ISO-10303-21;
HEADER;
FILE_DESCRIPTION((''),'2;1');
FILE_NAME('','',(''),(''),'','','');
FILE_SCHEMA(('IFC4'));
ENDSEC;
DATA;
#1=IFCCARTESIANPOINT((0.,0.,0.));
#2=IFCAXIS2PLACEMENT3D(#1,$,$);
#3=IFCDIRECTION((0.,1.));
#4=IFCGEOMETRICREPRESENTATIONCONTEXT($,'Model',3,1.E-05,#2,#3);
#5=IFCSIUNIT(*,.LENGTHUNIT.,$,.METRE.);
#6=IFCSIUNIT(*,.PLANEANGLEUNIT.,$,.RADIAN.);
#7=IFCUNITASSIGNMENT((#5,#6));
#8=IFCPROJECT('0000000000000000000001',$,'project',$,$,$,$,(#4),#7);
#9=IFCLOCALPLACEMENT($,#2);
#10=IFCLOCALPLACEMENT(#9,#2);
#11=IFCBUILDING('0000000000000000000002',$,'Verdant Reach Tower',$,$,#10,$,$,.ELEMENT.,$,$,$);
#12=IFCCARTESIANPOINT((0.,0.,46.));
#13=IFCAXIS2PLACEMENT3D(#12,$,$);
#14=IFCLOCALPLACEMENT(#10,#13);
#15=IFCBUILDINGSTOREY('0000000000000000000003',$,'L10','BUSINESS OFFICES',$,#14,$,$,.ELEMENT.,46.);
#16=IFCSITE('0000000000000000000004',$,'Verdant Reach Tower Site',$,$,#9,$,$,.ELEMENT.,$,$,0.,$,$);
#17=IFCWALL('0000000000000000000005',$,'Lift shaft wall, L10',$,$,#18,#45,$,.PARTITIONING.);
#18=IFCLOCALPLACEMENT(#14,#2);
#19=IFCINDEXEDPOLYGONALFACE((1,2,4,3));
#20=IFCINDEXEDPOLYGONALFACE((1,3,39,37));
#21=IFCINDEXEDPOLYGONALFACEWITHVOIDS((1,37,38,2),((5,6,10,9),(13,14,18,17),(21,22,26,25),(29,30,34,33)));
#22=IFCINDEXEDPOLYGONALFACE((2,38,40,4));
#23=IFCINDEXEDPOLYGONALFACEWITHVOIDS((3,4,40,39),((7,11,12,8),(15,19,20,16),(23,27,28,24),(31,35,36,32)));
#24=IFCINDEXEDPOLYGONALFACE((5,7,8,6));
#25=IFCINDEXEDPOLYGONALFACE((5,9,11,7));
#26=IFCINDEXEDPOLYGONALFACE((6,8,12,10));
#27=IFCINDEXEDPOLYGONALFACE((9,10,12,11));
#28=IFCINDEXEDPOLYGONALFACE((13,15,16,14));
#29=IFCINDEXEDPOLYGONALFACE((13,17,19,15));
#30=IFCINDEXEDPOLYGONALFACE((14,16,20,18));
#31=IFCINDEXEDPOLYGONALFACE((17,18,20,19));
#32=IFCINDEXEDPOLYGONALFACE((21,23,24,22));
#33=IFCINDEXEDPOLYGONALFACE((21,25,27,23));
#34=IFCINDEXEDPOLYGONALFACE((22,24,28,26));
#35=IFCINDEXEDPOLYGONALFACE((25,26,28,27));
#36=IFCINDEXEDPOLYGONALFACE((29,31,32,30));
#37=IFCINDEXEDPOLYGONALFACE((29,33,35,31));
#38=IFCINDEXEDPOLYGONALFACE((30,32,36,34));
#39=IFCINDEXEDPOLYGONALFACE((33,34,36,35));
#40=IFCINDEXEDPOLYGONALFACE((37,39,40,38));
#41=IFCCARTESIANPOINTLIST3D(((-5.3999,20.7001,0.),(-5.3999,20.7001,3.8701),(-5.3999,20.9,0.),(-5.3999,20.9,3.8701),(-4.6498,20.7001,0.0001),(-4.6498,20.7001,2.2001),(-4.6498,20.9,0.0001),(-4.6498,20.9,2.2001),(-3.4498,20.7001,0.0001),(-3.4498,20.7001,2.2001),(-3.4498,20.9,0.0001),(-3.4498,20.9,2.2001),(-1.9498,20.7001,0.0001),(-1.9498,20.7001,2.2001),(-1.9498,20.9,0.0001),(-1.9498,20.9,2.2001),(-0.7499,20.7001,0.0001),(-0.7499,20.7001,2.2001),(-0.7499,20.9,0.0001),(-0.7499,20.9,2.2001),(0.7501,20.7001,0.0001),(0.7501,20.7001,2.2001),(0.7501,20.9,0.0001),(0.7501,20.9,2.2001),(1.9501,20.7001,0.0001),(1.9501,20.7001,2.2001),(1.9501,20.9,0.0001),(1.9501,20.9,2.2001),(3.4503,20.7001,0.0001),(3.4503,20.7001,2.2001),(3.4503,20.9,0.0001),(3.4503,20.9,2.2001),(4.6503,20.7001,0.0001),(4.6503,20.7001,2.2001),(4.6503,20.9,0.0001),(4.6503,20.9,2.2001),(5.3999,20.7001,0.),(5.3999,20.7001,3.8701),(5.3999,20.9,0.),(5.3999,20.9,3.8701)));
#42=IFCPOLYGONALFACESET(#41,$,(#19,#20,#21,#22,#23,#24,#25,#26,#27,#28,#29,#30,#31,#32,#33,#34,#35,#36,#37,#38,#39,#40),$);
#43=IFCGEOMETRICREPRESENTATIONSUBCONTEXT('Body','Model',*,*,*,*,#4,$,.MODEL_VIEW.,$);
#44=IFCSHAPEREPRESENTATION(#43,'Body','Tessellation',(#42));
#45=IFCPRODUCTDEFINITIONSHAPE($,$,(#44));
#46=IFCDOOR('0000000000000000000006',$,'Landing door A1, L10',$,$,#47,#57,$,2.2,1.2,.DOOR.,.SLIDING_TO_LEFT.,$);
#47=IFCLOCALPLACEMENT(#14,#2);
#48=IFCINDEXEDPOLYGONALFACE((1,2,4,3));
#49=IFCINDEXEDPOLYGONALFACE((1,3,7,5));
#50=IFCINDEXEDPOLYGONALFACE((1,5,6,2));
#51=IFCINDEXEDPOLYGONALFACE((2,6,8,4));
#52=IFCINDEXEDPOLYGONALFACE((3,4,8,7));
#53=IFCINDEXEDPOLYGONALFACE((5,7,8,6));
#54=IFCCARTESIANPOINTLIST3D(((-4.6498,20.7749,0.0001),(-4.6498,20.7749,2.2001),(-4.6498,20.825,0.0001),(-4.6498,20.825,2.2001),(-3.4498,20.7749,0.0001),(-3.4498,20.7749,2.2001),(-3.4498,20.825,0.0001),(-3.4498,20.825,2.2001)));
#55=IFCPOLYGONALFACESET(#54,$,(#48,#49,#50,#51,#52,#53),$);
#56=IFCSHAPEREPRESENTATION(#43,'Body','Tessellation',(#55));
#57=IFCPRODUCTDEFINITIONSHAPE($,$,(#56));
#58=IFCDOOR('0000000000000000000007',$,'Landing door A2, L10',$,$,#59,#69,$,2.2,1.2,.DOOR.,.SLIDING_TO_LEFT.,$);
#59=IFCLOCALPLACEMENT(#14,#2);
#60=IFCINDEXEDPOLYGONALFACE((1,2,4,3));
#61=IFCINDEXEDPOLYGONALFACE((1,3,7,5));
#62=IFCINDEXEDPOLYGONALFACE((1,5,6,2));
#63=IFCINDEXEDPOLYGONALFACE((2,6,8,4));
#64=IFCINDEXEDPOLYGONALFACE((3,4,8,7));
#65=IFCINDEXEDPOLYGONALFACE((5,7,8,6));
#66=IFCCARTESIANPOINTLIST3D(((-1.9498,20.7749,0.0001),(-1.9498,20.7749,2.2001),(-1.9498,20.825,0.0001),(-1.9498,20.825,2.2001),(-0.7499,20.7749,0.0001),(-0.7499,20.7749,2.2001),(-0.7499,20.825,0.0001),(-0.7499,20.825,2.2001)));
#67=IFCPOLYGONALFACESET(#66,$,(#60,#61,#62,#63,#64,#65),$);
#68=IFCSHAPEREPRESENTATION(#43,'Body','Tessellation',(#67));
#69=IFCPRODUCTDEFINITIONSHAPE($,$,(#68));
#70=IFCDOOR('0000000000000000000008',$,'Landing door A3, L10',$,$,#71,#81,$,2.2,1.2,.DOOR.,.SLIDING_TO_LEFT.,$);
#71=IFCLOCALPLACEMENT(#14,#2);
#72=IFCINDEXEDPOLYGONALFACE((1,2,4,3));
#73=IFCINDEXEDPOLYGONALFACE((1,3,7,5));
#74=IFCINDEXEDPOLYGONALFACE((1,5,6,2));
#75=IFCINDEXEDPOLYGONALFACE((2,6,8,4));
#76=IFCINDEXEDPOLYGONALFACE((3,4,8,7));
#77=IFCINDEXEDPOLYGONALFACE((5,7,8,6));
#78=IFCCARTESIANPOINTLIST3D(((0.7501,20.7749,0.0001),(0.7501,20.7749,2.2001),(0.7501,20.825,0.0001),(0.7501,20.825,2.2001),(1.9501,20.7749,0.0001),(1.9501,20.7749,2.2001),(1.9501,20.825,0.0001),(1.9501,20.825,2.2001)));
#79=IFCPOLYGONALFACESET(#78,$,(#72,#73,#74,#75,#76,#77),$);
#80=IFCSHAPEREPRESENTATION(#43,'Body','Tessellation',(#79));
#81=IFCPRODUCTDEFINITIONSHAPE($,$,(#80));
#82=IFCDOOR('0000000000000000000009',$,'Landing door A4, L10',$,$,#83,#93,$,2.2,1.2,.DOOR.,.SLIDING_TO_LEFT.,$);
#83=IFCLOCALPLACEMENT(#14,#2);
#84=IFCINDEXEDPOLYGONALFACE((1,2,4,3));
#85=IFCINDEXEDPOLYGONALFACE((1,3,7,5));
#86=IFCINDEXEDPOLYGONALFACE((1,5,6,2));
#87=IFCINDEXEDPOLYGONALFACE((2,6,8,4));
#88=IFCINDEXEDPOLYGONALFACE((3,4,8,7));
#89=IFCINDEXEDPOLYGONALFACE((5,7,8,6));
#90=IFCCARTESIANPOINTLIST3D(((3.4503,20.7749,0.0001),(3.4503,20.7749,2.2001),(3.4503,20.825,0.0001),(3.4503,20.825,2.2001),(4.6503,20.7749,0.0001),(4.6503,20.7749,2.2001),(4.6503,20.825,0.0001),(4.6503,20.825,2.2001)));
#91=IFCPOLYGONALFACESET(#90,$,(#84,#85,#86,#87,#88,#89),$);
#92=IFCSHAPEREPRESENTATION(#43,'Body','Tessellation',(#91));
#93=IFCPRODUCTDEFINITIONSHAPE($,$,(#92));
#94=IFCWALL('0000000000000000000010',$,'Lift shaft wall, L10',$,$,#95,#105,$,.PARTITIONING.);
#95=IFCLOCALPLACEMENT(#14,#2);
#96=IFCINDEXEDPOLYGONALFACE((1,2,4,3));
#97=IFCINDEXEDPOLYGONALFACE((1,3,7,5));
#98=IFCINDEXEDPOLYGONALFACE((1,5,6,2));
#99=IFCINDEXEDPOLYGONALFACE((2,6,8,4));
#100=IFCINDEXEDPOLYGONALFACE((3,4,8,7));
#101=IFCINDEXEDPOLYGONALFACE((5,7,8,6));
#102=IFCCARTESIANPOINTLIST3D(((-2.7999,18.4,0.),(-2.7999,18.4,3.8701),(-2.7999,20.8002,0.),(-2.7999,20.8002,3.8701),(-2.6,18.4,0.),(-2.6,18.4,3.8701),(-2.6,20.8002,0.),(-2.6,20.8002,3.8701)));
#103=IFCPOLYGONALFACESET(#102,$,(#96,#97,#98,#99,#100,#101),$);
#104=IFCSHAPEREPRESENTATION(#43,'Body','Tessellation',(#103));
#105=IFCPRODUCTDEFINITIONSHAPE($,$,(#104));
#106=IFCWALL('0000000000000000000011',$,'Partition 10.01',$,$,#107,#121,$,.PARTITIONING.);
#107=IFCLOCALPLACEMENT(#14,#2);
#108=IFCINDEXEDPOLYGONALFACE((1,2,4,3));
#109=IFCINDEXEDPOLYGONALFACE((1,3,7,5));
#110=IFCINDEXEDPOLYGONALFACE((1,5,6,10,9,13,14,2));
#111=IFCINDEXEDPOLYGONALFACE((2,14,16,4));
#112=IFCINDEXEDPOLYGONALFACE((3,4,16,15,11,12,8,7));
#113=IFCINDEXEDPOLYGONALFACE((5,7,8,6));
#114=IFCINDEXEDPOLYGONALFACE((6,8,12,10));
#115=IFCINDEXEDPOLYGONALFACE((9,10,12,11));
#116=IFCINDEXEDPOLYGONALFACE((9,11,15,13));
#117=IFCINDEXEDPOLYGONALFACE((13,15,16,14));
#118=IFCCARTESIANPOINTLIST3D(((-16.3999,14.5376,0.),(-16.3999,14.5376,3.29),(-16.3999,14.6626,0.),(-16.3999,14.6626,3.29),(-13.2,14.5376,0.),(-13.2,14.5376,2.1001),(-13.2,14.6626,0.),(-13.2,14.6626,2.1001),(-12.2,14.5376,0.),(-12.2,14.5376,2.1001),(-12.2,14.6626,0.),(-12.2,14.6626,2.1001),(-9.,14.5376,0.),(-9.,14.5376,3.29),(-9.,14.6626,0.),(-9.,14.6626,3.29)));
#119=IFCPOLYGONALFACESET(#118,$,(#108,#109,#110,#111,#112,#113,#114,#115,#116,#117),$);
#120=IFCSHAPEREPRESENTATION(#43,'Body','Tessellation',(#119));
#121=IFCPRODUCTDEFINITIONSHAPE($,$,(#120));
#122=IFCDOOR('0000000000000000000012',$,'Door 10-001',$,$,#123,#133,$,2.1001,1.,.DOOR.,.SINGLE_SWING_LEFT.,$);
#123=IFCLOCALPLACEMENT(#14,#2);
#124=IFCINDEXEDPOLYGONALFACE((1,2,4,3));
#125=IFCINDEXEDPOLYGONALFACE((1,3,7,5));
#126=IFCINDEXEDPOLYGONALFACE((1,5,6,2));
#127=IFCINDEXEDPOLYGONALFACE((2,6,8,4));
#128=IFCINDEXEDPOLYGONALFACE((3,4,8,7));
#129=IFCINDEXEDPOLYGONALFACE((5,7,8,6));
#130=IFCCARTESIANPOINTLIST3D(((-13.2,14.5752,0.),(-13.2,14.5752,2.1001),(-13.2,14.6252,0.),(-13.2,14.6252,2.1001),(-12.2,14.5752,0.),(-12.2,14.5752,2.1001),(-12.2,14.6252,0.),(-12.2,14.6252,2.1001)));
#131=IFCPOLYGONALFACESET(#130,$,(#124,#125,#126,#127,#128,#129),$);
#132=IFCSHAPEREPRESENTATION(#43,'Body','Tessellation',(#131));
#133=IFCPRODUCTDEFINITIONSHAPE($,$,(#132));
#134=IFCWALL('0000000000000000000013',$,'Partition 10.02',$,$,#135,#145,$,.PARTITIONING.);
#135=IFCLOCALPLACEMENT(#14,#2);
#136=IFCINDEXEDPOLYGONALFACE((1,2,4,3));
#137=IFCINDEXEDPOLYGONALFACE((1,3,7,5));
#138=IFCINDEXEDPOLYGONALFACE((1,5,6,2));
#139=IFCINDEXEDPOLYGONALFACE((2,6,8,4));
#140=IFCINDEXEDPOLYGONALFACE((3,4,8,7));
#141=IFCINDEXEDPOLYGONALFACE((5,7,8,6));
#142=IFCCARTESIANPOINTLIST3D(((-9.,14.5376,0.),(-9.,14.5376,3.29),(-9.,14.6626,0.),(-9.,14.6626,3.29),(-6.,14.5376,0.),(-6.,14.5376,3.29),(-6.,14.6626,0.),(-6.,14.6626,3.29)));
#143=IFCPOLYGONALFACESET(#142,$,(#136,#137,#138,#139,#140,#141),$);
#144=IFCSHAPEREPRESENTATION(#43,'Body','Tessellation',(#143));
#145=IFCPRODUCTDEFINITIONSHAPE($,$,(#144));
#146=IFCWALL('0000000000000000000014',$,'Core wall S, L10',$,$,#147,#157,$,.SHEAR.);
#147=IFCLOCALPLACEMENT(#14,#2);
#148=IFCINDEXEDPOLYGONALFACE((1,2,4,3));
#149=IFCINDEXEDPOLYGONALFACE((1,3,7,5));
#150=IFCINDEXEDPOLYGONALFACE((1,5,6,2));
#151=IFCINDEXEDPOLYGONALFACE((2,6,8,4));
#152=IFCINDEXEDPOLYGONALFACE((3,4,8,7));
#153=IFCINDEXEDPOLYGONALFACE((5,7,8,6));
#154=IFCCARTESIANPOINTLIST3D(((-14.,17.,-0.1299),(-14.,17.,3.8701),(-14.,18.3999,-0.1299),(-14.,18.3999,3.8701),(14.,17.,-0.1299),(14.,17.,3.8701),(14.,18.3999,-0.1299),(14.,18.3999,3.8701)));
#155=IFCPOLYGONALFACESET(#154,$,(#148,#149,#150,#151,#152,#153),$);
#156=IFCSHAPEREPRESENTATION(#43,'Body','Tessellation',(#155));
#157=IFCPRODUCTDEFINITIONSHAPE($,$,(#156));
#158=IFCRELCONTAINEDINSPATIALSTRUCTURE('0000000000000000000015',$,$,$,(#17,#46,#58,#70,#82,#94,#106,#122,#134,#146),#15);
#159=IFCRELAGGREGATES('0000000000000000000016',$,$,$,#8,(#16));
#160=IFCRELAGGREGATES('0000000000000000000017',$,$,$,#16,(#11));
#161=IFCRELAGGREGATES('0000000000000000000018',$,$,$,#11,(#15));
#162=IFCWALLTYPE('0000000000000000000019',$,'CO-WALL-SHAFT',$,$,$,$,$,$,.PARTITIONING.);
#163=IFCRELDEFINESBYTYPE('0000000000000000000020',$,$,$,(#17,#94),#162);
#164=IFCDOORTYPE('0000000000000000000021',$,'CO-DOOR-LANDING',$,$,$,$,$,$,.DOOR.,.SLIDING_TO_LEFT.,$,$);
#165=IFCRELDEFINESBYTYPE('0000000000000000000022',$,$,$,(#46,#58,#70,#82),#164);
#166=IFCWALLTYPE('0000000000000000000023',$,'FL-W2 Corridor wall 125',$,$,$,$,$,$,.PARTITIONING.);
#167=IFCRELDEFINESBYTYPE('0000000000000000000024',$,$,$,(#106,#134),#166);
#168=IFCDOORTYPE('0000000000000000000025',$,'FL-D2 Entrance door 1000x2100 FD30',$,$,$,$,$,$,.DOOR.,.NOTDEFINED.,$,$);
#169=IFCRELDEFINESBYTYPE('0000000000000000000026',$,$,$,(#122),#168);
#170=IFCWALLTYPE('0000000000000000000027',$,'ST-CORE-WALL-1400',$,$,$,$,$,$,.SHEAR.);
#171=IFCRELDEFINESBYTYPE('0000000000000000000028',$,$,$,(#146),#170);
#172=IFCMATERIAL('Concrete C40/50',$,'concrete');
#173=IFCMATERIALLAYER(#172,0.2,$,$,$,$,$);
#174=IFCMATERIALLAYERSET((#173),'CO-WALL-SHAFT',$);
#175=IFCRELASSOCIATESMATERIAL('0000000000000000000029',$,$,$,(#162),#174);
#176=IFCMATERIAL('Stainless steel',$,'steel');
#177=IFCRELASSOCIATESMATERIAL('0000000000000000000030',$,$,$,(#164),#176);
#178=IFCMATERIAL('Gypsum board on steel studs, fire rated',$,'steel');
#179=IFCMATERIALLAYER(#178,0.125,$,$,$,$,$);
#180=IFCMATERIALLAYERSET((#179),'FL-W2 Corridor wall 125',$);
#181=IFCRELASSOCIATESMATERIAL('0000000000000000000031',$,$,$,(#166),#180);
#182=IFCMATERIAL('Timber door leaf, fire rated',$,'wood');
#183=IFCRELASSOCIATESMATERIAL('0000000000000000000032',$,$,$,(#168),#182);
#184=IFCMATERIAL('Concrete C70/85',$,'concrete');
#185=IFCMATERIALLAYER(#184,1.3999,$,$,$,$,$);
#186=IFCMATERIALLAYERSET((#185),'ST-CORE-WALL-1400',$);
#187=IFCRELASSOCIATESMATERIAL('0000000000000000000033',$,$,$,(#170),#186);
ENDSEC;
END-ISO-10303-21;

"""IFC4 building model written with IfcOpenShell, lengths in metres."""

from ifc_helpers import new_model, si_unit, direction, frame, frame_2d, origin, place, context, subcontext, project, spatial, rectangle, extrude, material, layer, layer_set, type_object, element, fill, save


model = new_model("IFC4")

# Units and contexts
model_context = context("Model", 3, precision=1e-05, world=origin(), true_north=direction((0.0, 1.0)))
body_context = subcontext(model_context, "Body", "Model", "MODEL_VIEW")
ifc_project = project(units=[si_unit("LENGTHUNIT", "METRE"), si_unit("PLANEANGLEUNIT", "RADIAN")], contexts=[model_context])

# Site, building, storey
site_placement = place(None, origin())
site = spatial("IfcSite", under=ifc_project, at=site_placement, Name="Verdant Reach Tower Site", CompositionType="ELEMENT", RefElevation=0.0)
building_placement = place(site_placement, origin())
building = spatial("IfcBuilding", under=site, at=building_placement, Name="Verdant Reach Tower", CompositionType="ELEMENT")
storey_placement = place(building_placement, frame((0.0, 0.0, 46.0)))
storey = spatial("IfcBuildingStorey", under=building, at=storey_placement, Name="L10", Description="BUSINESS OFFICES", CompositionType="ELEMENT", Elevation=46.0)

# Wall, openings, doors
ifc_material_1 = material(Name="Concrete C40/50", Category="concrete")
ifc_layer_1 = layer(ifc_material_1, 0.2)
ifc_layer_set_1 = layer_set([ifc_layer_1], Name="CO-WALL-SHAFT")
wall_type_1 = type_object("IfcWallType", Name="CO-WALL-SHAFT", PredefinedType="PARTITIONING", material=ifc_layer_set_1)
wall_1_placement = place(storey_placement, frame((-5.3999, 20.8, 0.0), z_axis=(0.0, 0.0, 1.0), x_axis=(1.0, 0.0, 0.0)))
wall_1 = element("IfcWall", 1, at=wall_1_placement, inside=storey, type_object=wall_type_1, Name="Lift shaft wall, L10", PredefinedType="PARTITIONING", context=body_context, shape_type="SweptSolid", body=[
    extrude(rectangle(XDim=10.7998, YDim=0.2, at=frame_2d((5.3999, 0.0))), origin(), (0.0, 0.0, 1.0), 3.8701),
])
opening_1_placement = place(wall_1_placement, frame((0.75, 0.0, 0.0)))
opening_1 = element("IfcOpeningElement", 2, at=opening_1_placement, cuts=wall_1, PredefinedType="OPENING", context=body_context, shape_type="SweptSolid", body=[
    extrude(rectangle(XDim=1.2, YDim=2.2, at=frame_2d((0.6001, 1.1001))), frame((0.0, 0.1099, 0.0), z_axis=(0.0, -1.0, 0.0), x_axis=(1.0, 0.0, 0.0)), (0.0, 0.0, 1.0), 0.22),
])
opening_2_placement = place(wall_1_placement, frame((3.45, 0.0, 0.0)))
opening_2 = element("IfcOpeningElement", 3, at=opening_2_placement, cuts=wall_1, PredefinedType="OPENING", context=body_context, shape_type="SweptSolid", body=[
    extrude(rectangle(XDim=1.2, YDim=2.2, at=frame_2d((0.6001, 1.1001))), frame((0.0, 0.1099, 0.0), z_axis=(0.0, -1.0, 0.0), x_axis=(1.0, 0.0, 0.0)), (0.0, 0.0, 1.0), 0.22),
])
opening_3_placement = place(wall_1_placement, frame((6.1499, 0.0, 0.0)))
opening_3 = element("IfcOpeningElement", 4, at=opening_3_placement, cuts=wall_1, PredefinedType="OPENING", context=body_context, shape_type="SweptSolid", body=[
    extrude(rectangle(XDim=1.2, YDim=2.2, at=frame_2d((0.6001, 1.1001))), frame((0.0, 0.1099, 0.0), z_axis=(0.0, -1.0, 0.0), x_axis=(1.0, 0.0, 0.0)), (0.0, 0.0, 1.0), 0.22),
])
opening_4_placement = place(wall_1_placement, frame((8.8501, 0.0, 0.0)))
opening_4 = element("IfcOpeningElement", 5, at=opening_4_placement, cuts=wall_1, PredefinedType="OPENING", context=body_context, shape_type="SweptSolid", body=[
    extrude(rectangle(XDim=1.2, YDim=2.2, at=frame_2d((0.6001, 1.1001))), frame((0.0, 0.1099, 0.0), z_axis=(0.0, -1.0, 0.0), x_axis=(1.0, 0.0, 0.0)), (0.0, 0.0, 1.0), 0.22),
])
ifc_material_2 = material(Name="Stainless steel", Category="steel")
door_type_1 = type_object("IfcDoorType", Name="CO-DOOR-LANDING", OperationType="SLIDING_TO_LEFT", PredefinedType="DOOR", material=ifc_material_2)
door_1_placement = place(opening_1_placement, origin())
door_1 = element("IfcDoor", 6, at=door_1_placement, inside=storey, type_object=door_type_1, Name="Landing door A1, L10", OperationType="SLIDING_TO_LEFT", OverallHeight=2.2, OverallWidth=1.2, PredefinedType="DOOR", context=body_context, shape_type="SweptSolid", body=[
    extrude(rectangle(XDim=1.2, YDim=2.2, at=frame_2d((0.6001, 1.1001))), frame((0.0, 0.0249, 0.0), z_axis=(0.0, -1.0, 0.0), x_axis=(1.0, 0.0, 0.0)), (0.0, 0.0, 1.0), 0.05),
])
fill(opening_1, door_1)
door_2_placement = place(opening_2_placement, origin())
door_2 = element("IfcDoor", 7, at=door_2_placement, inside=storey, type_object=door_type_1, Name="Landing door A2, L10", OperationType="SLIDING_TO_LEFT", OverallHeight=2.2, OverallWidth=1.2, PredefinedType="DOOR", context=body_context, shape_type="SweptSolid", body=[
    extrude(rectangle(XDim=1.2, YDim=2.2, at=frame_2d((0.6001, 1.1001))), frame((0.0, 0.0249, 0.0), z_axis=(0.0, -1.0, 0.0), x_axis=(1.0, 0.0, 0.0)), (0.0, 0.0, 1.0), 0.05),
])
fill(opening_2, door_2)
door_3_placement = place(opening_3_placement, origin())
door_3 = element("IfcDoor", 8, at=door_3_placement, inside=storey, type_object=door_type_1, Name="Landing door A3, L10", OperationType="SLIDING_TO_LEFT", OverallHeight=2.2, OverallWidth=1.2, PredefinedType="DOOR", context=body_context, shape_type="SweptSolid", body=[
    extrude(rectangle(XDim=1.2, YDim=2.2, at=frame_2d((0.6001, 1.1001))), frame((0.0, 0.0249, 0.0), z_axis=(0.0, -1.0, 0.0), x_axis=(1.0, 0.0, 0.0)), (0.0, 0.0, 1.0), 0.05),
])
fill(opening_3, door_3)
door_4_placement = place(opening_4_placement, origin())
door_4 = element("IfcDoor", 9, at=door_4_placement, inside=storey, type_object=door_type_1, Name="Landing door A4, L10", OperationType="SLIDING_TO_LEFT", OverallHeight=2.2, OverallWidth=1.2, PredefinedType="DOOR", context=body_context, shape_type="SweptSolid", body=[
    extrude(rectangle(XDim=1.2, YDim=2.2, at=frame_2d((0.6001, 1.1001))), frame((0.0, 0.0249, 0.0), z_axis=(0.0, -1.0, 0.0), x_axis=(1.0, 0.0, 0.0)), (0.0, 0.0, 1.0), 0.05),
])
fill(opening_4, door_4)

# Wall
wall_2_placement = place(storey_placement, frame((-2.7, 18.3999, 0.0), z_axis=(0.0, 0.0, 1.0), x_axis=(0.0, 1.0, 0.0)))
element("IfcWall", 10, at=wall_2_placement, inside=storey, type_object=wall_type_1, Name="Lift shaft wall, L10", PredefinedType="PARTITIONING", context=body_context, shape_type="SweptSolid", body=[
    extrude(rectangle(XDim=2.4001, YDim=0.2, at=frame_2d((1.2002, 0.0))), origin(), (0.0, 0.0, 1.0), 3.8701),
])

# Wall, opening, door
ifc_material_3 = material(Name="Gypsum board on steel studs, fire rated", Category="steel")
ifc_layer_2 = layer(ifc_material_3, 0.125)
ifc_layer_set_2 = layer_set([ifc_layer_2], Name="FL-W2 Corridor wall 125")
wall_type_2 = type_object("IfcWallType", Name="FL-W2 Corridor wall 125", PredefinedType="PARTITIONING", material=ifc_layer_set_2)
wall_3_placement = place(storey_placement, frame((-9.0, 14.6001, 0.0), z_axis=(0.0, 0.0, 1.0), x_axis=(-1.0, 0.0, 0.0)))
wall_3 = element("IfcWall", 11, at=wall_3_placement, inside=storey, type_object=wall_type_2, Name="Partition 10.01", PredefinedType="PARTITIONING", context=body_context, shape_type="SweptSolid", body=[
    extrude(rectangle(XDim=7.3999, YDim=0.125, at=frame_2d((3.7, 0.0))), origin(), (0.0, 0.0, 1.0), 3.29),
])
opening_5_placement = place(wall_3_placement, frame((3.2, 0.0, 0.0)))
opening_5 = element("IfcOpeningElement", 12, at=opening_5_placement, cuts=wall_3, PredefinedType="OPENING", context=body_context, shape_type="SweptSolid", body=[
    extrude(rectangle(XDim=1.0, YDim=2.1001, at=frame_2d((0.5, 1.05))), frame((0.0, 0.0725, 0.0), z_axis=(0.0, -1.0, 0.0), x_axis=(1.0, 0.0, 0.0)), (0.0, 0.0, 1.0), 0.145),
])
ifc_material_4 = material(Name="Timber door leaf, fire rated", Category="wood")
door_type_2 = type_object("IfcDoorType", Name="FL-D2 Entrance door 1000x2100 FD30", OperationType="NOTDEFINED", PredefinedType="DOOR", material=ifc_material_4)
door_5_placement = place(opening_5_placement, origin())
door_5 = element("IfcDoor", 13, at=door_5_placement, inside=storey, type_object=door_type_2, Name="Door 10-001", OperationType="SINGLE_SWING_LEFT", OverallHeight=2.1001, OverallWidth=1.0, PredefinedType="DOOR", context=body_context, shape_type="SweptSolid", body=[
    extrude(rectangle(XDim=1.0, YDim=2.1001, at=frame_2d((0.5, 1.05))), frame((0.0, 0.0249, 0.0), z_axis=(0.0, -1.0, 0.0), x_axis=(1.0, 0.0, 0.0)), (0.0, 0.0, 1.0), 0.05),
])
fill(opening_5, door_5)

# Walls
wall_4_placement = place(storey_placement, frame((-9.0, 14.6001, 0.0), z_axis=(0.0, 0.0, 1.0), x_axis=(1.0, 0.0, 0.0)))
element("IfcWall", 14, at=wall_4_placement, inside=storey, type_object=wall_type_2, Name="Partition 10.02", PredefinedType="PARTITIONING", context=body_context, shape_type="SweptSolid", body=[
    extrude(rectangle(XDim=3.0, YDim=0.125, at=frame_2d((1.5, 0.0))), origin(), (0.0, 0.0, 1.0), 3.29),
])
ifc_material_5 = material(Name="Concrete C70/85", Category="concrete")
ifc_layer_3 = layer(ifc_material_5, 1.3999)
ifc_layer_set_3 = layer_set([ifc_layer_3], Name="ST-CORE-WALL-1400")
wall_type_3 = type_object("IfcWallType", Name="ST-CORE-WALL-1400", PredefinedType="SHEAR", material=ifc_layer_set_3)
wall_5_placement = place(storey_placement, frame((-14.0, 17.7, -0.1299), z_axis=(0.0, 0.0, 1.0), x_axis=(1.0, 0.0, 0.0)))
element("IfcWall", 15, at=wall_5_placement, inside=storey, type_object=wall_type_3, Name="Core wall S, L10", PredefinedType="SHEAR", context=body_context, shape_type="SweptSolid", body=[
    extrude(rectangle(XDim=28.0, YDim=1.3999, at=frame_2d((14.0, 0.0))), origin(), (0.0, 0.0, 1.0), 4.0),
])

save(model, "model.ifc")
